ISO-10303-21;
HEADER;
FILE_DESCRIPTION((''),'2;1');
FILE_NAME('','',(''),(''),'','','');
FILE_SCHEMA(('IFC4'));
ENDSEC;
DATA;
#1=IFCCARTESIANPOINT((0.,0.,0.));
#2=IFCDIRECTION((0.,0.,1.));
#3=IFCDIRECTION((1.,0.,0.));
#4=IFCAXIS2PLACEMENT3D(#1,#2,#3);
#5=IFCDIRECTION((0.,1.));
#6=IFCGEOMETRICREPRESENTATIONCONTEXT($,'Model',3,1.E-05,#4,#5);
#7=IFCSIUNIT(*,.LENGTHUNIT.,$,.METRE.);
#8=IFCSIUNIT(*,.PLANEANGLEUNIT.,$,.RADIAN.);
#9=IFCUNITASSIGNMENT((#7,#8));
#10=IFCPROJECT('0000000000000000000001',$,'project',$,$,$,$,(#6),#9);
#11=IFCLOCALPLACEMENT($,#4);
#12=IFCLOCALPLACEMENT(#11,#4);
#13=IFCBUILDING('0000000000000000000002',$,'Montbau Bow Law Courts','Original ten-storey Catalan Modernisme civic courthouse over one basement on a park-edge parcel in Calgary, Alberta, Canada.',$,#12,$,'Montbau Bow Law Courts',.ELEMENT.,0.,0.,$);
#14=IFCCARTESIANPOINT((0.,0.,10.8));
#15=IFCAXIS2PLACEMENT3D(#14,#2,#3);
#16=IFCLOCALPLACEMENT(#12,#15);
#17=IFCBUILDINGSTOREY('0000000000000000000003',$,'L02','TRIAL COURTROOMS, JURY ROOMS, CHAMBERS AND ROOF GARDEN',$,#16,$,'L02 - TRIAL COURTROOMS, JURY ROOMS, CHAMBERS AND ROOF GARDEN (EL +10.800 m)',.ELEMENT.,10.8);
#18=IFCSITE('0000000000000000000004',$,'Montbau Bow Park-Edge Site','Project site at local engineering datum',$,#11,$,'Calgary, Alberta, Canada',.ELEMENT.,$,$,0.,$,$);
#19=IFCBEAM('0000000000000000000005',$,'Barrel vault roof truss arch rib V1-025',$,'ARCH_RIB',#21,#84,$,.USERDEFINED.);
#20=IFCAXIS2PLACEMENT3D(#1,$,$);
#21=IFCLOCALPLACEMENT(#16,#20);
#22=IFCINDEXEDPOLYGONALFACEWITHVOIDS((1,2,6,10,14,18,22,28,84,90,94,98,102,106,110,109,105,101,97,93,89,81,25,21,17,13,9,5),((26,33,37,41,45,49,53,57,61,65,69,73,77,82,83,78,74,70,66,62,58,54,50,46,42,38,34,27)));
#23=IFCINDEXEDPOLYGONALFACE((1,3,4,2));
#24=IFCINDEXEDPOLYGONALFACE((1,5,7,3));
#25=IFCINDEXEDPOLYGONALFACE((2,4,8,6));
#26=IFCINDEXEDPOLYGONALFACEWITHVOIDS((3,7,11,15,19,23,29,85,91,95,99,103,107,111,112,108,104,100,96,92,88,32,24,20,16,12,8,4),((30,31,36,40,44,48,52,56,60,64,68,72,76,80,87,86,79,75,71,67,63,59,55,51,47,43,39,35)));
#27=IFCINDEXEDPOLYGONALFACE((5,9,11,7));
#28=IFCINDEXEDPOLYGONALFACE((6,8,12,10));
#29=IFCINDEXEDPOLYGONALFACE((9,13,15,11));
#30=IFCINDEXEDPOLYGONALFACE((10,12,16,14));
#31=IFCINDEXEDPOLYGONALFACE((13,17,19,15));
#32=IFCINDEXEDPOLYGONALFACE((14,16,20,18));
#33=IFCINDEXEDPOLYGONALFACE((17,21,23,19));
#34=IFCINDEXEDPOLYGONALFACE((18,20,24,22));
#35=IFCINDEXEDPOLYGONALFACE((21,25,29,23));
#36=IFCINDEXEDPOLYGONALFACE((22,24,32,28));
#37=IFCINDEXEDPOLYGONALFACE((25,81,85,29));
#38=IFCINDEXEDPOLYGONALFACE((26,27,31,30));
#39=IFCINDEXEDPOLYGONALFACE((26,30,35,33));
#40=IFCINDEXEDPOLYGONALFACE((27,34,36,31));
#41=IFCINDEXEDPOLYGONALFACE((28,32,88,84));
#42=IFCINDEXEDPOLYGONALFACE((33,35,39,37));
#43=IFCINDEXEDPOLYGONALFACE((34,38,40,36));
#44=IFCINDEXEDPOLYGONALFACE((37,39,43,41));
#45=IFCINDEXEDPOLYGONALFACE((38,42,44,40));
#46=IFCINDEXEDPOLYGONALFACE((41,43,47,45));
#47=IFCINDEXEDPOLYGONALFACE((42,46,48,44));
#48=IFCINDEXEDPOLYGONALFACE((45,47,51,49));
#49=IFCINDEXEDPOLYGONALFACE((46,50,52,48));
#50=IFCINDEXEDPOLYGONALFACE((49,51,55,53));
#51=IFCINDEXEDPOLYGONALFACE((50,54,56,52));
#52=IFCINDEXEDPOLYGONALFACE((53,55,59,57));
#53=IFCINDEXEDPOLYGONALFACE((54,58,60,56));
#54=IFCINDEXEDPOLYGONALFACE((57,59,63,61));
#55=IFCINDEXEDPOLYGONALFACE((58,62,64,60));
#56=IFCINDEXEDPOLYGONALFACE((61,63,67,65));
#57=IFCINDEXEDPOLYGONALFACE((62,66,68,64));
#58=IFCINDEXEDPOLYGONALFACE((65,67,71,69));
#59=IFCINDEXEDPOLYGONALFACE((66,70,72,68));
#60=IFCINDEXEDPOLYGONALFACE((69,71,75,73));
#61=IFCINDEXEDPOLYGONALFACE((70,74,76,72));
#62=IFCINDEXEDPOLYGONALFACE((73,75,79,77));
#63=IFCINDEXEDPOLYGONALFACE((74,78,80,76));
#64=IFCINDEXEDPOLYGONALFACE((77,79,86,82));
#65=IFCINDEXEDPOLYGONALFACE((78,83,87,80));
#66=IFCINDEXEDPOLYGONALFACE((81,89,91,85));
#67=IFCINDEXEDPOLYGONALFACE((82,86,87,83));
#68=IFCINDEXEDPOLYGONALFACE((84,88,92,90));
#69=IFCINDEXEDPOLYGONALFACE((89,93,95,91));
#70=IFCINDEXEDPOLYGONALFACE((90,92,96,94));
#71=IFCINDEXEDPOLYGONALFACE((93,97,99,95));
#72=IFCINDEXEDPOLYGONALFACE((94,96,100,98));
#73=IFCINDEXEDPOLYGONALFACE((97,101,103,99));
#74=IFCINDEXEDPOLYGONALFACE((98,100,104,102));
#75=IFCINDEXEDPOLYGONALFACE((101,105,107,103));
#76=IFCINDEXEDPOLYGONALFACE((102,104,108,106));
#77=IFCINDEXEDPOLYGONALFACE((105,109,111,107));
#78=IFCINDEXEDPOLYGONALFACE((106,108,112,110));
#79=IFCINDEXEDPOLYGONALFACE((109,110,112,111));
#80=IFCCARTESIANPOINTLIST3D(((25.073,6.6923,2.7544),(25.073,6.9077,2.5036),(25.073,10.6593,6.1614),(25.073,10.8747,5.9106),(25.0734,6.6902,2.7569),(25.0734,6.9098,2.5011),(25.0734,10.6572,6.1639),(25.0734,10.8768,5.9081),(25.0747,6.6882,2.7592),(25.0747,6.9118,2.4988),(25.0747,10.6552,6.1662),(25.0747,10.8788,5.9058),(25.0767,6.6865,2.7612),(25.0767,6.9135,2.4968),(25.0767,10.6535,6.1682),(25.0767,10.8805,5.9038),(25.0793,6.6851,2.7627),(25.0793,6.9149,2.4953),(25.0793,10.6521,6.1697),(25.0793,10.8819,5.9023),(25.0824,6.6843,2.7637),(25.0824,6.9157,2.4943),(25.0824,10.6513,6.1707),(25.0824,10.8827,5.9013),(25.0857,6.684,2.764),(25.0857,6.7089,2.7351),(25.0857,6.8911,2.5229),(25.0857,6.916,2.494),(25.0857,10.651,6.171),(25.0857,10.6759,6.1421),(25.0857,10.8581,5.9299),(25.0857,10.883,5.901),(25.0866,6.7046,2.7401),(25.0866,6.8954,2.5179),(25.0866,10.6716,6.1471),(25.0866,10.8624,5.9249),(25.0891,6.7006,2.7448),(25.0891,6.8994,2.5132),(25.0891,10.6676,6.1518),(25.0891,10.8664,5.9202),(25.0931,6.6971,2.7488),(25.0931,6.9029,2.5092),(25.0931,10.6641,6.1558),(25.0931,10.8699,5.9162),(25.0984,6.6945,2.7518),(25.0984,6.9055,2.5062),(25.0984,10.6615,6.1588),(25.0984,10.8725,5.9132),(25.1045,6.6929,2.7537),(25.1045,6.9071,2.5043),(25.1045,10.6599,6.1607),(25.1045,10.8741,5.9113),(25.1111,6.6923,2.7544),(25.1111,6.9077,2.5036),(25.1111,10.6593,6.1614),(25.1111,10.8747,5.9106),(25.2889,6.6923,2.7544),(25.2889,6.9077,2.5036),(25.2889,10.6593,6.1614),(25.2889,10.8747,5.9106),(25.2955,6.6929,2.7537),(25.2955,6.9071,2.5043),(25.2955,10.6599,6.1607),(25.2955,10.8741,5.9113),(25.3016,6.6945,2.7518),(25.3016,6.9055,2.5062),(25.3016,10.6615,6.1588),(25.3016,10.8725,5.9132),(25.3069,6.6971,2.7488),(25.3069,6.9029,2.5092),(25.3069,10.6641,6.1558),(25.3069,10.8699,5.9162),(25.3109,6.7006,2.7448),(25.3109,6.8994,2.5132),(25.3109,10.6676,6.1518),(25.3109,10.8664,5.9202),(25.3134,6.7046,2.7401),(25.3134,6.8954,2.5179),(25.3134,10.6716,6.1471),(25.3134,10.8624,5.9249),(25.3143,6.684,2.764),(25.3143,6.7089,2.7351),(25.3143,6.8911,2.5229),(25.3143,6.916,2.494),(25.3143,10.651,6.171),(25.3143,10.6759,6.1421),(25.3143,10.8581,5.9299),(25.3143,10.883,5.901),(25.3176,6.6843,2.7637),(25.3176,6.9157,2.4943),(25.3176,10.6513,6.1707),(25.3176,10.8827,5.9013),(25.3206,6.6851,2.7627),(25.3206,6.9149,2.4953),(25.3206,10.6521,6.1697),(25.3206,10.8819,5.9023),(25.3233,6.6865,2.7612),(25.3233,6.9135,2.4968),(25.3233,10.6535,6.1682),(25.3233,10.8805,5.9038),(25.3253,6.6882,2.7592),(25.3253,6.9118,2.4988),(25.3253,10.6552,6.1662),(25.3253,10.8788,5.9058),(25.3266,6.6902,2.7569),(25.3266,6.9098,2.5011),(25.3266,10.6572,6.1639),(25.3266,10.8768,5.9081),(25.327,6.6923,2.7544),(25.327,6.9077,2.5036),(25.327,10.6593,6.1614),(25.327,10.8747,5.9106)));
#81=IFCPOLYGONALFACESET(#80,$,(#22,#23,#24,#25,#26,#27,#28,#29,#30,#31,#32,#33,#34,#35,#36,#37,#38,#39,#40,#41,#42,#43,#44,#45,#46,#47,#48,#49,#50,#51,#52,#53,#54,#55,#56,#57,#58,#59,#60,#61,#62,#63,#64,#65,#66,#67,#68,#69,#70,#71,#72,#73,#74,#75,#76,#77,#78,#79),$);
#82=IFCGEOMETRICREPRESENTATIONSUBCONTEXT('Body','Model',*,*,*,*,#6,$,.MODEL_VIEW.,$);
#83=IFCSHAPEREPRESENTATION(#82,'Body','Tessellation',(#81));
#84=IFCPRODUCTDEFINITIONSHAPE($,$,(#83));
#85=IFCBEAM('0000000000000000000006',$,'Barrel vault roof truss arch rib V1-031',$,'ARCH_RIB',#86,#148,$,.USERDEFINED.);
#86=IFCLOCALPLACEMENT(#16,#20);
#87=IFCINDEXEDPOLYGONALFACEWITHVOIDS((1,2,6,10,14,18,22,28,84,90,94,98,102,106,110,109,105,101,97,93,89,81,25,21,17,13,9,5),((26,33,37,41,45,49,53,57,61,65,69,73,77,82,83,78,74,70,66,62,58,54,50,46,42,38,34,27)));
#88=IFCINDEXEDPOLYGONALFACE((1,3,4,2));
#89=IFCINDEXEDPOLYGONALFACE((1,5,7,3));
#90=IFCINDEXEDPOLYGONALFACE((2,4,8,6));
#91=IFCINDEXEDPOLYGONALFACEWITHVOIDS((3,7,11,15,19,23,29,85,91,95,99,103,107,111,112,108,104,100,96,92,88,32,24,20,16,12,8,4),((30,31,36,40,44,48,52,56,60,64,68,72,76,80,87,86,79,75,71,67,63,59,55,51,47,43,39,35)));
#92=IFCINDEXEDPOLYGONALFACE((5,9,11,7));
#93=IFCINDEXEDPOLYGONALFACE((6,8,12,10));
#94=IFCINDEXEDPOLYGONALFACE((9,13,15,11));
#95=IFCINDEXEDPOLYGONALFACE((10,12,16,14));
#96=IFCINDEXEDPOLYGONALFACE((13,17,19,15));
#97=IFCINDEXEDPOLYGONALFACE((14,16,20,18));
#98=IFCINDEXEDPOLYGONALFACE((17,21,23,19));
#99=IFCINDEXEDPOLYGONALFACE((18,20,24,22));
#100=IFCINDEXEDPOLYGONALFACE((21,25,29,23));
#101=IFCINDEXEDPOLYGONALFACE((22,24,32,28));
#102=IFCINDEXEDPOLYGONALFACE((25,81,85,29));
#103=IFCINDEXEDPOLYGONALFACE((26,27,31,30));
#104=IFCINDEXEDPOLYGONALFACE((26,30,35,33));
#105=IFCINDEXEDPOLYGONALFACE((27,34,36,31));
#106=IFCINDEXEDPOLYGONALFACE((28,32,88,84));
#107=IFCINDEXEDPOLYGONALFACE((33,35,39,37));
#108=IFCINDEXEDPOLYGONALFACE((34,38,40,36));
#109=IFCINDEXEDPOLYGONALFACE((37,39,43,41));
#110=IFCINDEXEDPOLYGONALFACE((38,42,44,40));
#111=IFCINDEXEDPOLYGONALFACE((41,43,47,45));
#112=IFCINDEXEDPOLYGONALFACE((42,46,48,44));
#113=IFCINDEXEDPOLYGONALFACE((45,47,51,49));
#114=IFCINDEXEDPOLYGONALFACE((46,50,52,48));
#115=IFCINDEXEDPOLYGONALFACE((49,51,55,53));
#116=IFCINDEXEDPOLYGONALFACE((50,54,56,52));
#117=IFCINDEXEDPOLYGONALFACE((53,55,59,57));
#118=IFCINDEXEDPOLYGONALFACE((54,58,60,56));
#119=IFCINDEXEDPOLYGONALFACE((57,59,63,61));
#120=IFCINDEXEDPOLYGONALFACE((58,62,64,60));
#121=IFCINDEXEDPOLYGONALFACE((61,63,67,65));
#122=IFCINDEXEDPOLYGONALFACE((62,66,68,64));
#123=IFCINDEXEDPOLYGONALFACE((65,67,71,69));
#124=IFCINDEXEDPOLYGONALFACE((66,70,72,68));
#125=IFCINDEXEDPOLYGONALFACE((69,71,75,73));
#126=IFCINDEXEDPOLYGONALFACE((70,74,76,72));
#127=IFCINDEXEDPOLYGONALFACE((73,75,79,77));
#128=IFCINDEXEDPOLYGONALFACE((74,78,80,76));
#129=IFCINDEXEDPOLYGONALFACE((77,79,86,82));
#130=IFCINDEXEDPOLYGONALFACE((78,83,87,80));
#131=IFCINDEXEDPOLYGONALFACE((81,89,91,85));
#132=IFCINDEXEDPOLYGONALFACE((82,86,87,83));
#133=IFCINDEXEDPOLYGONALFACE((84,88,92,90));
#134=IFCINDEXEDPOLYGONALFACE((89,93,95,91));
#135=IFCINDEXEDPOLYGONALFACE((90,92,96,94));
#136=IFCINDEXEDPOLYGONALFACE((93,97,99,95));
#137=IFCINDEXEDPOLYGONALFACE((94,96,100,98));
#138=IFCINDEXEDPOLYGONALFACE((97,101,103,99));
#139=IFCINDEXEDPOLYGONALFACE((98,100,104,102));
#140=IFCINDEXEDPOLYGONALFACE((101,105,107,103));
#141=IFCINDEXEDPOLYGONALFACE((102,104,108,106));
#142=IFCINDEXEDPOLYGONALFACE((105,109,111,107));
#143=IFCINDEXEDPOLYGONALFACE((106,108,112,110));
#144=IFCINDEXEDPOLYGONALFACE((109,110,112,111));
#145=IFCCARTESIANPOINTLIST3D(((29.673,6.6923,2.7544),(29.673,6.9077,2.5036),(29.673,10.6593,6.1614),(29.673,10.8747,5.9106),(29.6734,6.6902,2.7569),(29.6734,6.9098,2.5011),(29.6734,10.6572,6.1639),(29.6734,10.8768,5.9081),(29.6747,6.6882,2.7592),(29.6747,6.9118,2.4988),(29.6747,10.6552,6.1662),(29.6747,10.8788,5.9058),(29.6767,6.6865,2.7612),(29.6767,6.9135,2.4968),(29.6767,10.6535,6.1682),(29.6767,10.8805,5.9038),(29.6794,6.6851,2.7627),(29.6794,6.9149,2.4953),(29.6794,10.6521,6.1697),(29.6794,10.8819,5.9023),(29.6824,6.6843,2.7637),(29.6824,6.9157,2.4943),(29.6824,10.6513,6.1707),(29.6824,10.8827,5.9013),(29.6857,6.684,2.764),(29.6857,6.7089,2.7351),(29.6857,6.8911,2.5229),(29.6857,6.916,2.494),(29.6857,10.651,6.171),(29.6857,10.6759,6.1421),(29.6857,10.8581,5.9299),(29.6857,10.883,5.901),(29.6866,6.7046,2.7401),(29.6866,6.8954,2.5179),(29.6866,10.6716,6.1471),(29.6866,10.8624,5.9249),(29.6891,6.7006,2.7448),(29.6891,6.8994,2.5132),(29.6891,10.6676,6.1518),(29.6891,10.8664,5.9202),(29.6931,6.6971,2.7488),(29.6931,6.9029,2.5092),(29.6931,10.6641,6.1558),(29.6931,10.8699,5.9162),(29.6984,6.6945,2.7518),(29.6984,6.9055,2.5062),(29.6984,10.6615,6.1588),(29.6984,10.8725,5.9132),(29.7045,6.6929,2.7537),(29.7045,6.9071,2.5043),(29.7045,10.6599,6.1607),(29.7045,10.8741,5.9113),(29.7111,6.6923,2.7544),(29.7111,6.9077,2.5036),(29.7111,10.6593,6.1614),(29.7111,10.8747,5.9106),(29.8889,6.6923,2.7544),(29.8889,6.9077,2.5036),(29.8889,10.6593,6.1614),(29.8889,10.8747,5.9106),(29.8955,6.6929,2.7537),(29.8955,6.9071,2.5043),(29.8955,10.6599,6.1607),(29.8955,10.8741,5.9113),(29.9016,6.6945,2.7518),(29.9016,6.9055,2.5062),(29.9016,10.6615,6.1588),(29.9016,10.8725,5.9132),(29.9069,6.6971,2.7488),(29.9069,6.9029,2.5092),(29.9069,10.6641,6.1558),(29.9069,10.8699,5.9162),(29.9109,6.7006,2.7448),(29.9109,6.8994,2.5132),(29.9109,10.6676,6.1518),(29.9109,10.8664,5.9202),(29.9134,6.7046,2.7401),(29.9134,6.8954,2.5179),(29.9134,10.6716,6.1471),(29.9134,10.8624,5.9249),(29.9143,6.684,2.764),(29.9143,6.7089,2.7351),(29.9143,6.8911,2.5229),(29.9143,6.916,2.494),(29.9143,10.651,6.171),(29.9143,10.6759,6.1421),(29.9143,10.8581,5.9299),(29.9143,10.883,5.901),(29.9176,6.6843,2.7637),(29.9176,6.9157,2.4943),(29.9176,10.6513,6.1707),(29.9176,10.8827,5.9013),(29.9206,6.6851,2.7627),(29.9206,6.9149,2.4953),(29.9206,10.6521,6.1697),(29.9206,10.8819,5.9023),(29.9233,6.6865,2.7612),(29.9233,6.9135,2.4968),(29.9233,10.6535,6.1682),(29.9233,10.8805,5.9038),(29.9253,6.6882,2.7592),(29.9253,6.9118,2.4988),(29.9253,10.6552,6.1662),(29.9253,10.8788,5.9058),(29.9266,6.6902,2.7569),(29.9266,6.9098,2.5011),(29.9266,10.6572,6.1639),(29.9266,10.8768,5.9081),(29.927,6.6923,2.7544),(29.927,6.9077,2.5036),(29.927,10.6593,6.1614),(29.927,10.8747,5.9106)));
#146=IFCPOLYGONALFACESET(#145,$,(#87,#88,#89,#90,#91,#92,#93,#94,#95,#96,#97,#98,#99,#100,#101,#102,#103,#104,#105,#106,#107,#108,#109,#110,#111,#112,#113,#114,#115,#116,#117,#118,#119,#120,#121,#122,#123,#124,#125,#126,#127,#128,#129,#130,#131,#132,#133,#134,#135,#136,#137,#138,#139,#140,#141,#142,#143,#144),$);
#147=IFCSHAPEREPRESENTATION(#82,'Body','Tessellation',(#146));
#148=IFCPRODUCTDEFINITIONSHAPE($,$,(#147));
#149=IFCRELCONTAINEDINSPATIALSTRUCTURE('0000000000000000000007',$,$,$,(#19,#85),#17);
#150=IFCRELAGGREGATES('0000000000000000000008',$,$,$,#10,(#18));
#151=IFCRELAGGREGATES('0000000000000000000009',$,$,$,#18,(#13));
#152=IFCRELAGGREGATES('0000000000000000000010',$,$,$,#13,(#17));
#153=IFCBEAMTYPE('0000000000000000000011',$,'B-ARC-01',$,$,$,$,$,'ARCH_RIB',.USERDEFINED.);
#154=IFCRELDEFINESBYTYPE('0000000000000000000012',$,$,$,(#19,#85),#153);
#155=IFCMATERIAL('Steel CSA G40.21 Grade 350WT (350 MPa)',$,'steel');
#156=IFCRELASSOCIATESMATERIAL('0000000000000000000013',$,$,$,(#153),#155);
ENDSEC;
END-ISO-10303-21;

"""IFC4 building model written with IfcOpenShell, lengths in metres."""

from ifc_helpers import new_model, si_unit, direction, frame, origin_with_axes, origin_2d_with_axis, place, context, subcontext, project, spatial, hollow_rectangle, extrude, material, material_profile, profile_set, type_object, element, save


model = new_model("IFC4")

# Units and contexts
model_context = context("Model", 3, precision=1e-05, world=origin_with_axes(), true_north=direction((0.0, 1.0)))
body_context = subcontext(model_context, "Body", "Model", "MODEL_VIEW")
ifc_project = project(units=[si_unit("LENGTHUNIT", "METRE"), si_unit("PLANEANGLEUNIT", "RADIAN")], contexts=[model_context])

# Site, building, storey
site_placement = place(None, origin_with_axes())
site = spatial("IfcSite", under=ifc_project, at=site_placement, Name="Montbau Bow Park-Edge Site", Description="Project site at local engineering datum", LongName="Calgary, Alberta, Canada", CompositionType="ELEMENT", RefElevation=0.0)
building_placement = place(site_placement, origin_with_axes())
building = spatial("IfcBuilding", under=site, at=building_placement, Name="Montbau Bow Law Courts", Description="Original ten-storey Catalan Modernisme civic courthouse over one basement on a park-edge parcel in Calgary, Alberta, Canada.", LongName="Montbau Bow Law Courts", CompositionType="ELEMENT", ElevationOfRefHeight=0.0, ElevationOfTerrain=0.0)
storey_placement = place(building_placement, frame((0.0, 0.0, 10.8), z_axis=(0.0, 0.0, 1.0), x_axis=(1.0, 0.0, 0.0)))
storey = spatial("IfcBuildingStorey", under=building, at=storey_placement, Name="L02", Description="TRIAL COURTROOMS, JURY ROOMS, CHAMBERS AND ROOF GARDEN", LongName="L02 - TRIAL COURTROOMS, JURY ROOMS, CHAMBERS AND ROOF GARDEN (EL +10.800 m)", CompositionType="ELEMENT", Elevation=10.8)

# Beams
ifc_material = material(Name="Steel CSA G40.21 Grade 350WT (350 MPa)", Category="steel")
ifc_material_profile_1 = material_profile(ifc_material, hollow_rectangle(XDim=0.254, YDim=0.356, WallThickness=0.0127, InnerFilletRadius=0.0254, OuterFilletRadius=0.0127, at=origin_2d_with_axis()), Name="HSS356X254X13", Category="Main", Priority=0)
ifc_profile_set_1 = profile_set([ifc_material_profile_1], Name="Steel CSA G40.21 Grade 350WT (350 MPa)")
beam_type = type_object("IfcBeamType", Name="B-ARC-01", ElementType="ARCH_RIB", PredefinedType="USERDEFINED", material=ifc_profile_set_1)
for number, where, z_axis, x_axis, name in (
    (1, (25.2, 6.8, 13.429), (0.0, 0.758622, 0.651531), (-1.0, 0.0, 0.0), "Barrel vault roof truss arch rib V1-025"),
    (2, (29.8, 6.8, 13.429), (0.0, 0.758622, 0.651531), (-1.0, 0.0, 0.0), "Barrel vault roof truss arch rib V1-031"),
):
    element("IfcBeam", number, at=place(None, frame(where, z_axis=z_axis, x_axis=x_axis)), inside=storey, type_object=beam_type, Name=name, ObjectType="ARCH_RIB", PredefinedType="USERDEFINED", context=body_context, shape_type="SweptSolid", body=[
        extrude(hollow_rectangle(XDim=0.254, YDim=0.356, WallThickness=0.0127, InnerFilletRadius=0.0254, OuterFilletRadius=0.0127, at=origin_2d_with_axis()), origin_with_axes(), (0.0, 0.0, 1.0), 5.2292),
    ])

save(model, "model.ifc")
